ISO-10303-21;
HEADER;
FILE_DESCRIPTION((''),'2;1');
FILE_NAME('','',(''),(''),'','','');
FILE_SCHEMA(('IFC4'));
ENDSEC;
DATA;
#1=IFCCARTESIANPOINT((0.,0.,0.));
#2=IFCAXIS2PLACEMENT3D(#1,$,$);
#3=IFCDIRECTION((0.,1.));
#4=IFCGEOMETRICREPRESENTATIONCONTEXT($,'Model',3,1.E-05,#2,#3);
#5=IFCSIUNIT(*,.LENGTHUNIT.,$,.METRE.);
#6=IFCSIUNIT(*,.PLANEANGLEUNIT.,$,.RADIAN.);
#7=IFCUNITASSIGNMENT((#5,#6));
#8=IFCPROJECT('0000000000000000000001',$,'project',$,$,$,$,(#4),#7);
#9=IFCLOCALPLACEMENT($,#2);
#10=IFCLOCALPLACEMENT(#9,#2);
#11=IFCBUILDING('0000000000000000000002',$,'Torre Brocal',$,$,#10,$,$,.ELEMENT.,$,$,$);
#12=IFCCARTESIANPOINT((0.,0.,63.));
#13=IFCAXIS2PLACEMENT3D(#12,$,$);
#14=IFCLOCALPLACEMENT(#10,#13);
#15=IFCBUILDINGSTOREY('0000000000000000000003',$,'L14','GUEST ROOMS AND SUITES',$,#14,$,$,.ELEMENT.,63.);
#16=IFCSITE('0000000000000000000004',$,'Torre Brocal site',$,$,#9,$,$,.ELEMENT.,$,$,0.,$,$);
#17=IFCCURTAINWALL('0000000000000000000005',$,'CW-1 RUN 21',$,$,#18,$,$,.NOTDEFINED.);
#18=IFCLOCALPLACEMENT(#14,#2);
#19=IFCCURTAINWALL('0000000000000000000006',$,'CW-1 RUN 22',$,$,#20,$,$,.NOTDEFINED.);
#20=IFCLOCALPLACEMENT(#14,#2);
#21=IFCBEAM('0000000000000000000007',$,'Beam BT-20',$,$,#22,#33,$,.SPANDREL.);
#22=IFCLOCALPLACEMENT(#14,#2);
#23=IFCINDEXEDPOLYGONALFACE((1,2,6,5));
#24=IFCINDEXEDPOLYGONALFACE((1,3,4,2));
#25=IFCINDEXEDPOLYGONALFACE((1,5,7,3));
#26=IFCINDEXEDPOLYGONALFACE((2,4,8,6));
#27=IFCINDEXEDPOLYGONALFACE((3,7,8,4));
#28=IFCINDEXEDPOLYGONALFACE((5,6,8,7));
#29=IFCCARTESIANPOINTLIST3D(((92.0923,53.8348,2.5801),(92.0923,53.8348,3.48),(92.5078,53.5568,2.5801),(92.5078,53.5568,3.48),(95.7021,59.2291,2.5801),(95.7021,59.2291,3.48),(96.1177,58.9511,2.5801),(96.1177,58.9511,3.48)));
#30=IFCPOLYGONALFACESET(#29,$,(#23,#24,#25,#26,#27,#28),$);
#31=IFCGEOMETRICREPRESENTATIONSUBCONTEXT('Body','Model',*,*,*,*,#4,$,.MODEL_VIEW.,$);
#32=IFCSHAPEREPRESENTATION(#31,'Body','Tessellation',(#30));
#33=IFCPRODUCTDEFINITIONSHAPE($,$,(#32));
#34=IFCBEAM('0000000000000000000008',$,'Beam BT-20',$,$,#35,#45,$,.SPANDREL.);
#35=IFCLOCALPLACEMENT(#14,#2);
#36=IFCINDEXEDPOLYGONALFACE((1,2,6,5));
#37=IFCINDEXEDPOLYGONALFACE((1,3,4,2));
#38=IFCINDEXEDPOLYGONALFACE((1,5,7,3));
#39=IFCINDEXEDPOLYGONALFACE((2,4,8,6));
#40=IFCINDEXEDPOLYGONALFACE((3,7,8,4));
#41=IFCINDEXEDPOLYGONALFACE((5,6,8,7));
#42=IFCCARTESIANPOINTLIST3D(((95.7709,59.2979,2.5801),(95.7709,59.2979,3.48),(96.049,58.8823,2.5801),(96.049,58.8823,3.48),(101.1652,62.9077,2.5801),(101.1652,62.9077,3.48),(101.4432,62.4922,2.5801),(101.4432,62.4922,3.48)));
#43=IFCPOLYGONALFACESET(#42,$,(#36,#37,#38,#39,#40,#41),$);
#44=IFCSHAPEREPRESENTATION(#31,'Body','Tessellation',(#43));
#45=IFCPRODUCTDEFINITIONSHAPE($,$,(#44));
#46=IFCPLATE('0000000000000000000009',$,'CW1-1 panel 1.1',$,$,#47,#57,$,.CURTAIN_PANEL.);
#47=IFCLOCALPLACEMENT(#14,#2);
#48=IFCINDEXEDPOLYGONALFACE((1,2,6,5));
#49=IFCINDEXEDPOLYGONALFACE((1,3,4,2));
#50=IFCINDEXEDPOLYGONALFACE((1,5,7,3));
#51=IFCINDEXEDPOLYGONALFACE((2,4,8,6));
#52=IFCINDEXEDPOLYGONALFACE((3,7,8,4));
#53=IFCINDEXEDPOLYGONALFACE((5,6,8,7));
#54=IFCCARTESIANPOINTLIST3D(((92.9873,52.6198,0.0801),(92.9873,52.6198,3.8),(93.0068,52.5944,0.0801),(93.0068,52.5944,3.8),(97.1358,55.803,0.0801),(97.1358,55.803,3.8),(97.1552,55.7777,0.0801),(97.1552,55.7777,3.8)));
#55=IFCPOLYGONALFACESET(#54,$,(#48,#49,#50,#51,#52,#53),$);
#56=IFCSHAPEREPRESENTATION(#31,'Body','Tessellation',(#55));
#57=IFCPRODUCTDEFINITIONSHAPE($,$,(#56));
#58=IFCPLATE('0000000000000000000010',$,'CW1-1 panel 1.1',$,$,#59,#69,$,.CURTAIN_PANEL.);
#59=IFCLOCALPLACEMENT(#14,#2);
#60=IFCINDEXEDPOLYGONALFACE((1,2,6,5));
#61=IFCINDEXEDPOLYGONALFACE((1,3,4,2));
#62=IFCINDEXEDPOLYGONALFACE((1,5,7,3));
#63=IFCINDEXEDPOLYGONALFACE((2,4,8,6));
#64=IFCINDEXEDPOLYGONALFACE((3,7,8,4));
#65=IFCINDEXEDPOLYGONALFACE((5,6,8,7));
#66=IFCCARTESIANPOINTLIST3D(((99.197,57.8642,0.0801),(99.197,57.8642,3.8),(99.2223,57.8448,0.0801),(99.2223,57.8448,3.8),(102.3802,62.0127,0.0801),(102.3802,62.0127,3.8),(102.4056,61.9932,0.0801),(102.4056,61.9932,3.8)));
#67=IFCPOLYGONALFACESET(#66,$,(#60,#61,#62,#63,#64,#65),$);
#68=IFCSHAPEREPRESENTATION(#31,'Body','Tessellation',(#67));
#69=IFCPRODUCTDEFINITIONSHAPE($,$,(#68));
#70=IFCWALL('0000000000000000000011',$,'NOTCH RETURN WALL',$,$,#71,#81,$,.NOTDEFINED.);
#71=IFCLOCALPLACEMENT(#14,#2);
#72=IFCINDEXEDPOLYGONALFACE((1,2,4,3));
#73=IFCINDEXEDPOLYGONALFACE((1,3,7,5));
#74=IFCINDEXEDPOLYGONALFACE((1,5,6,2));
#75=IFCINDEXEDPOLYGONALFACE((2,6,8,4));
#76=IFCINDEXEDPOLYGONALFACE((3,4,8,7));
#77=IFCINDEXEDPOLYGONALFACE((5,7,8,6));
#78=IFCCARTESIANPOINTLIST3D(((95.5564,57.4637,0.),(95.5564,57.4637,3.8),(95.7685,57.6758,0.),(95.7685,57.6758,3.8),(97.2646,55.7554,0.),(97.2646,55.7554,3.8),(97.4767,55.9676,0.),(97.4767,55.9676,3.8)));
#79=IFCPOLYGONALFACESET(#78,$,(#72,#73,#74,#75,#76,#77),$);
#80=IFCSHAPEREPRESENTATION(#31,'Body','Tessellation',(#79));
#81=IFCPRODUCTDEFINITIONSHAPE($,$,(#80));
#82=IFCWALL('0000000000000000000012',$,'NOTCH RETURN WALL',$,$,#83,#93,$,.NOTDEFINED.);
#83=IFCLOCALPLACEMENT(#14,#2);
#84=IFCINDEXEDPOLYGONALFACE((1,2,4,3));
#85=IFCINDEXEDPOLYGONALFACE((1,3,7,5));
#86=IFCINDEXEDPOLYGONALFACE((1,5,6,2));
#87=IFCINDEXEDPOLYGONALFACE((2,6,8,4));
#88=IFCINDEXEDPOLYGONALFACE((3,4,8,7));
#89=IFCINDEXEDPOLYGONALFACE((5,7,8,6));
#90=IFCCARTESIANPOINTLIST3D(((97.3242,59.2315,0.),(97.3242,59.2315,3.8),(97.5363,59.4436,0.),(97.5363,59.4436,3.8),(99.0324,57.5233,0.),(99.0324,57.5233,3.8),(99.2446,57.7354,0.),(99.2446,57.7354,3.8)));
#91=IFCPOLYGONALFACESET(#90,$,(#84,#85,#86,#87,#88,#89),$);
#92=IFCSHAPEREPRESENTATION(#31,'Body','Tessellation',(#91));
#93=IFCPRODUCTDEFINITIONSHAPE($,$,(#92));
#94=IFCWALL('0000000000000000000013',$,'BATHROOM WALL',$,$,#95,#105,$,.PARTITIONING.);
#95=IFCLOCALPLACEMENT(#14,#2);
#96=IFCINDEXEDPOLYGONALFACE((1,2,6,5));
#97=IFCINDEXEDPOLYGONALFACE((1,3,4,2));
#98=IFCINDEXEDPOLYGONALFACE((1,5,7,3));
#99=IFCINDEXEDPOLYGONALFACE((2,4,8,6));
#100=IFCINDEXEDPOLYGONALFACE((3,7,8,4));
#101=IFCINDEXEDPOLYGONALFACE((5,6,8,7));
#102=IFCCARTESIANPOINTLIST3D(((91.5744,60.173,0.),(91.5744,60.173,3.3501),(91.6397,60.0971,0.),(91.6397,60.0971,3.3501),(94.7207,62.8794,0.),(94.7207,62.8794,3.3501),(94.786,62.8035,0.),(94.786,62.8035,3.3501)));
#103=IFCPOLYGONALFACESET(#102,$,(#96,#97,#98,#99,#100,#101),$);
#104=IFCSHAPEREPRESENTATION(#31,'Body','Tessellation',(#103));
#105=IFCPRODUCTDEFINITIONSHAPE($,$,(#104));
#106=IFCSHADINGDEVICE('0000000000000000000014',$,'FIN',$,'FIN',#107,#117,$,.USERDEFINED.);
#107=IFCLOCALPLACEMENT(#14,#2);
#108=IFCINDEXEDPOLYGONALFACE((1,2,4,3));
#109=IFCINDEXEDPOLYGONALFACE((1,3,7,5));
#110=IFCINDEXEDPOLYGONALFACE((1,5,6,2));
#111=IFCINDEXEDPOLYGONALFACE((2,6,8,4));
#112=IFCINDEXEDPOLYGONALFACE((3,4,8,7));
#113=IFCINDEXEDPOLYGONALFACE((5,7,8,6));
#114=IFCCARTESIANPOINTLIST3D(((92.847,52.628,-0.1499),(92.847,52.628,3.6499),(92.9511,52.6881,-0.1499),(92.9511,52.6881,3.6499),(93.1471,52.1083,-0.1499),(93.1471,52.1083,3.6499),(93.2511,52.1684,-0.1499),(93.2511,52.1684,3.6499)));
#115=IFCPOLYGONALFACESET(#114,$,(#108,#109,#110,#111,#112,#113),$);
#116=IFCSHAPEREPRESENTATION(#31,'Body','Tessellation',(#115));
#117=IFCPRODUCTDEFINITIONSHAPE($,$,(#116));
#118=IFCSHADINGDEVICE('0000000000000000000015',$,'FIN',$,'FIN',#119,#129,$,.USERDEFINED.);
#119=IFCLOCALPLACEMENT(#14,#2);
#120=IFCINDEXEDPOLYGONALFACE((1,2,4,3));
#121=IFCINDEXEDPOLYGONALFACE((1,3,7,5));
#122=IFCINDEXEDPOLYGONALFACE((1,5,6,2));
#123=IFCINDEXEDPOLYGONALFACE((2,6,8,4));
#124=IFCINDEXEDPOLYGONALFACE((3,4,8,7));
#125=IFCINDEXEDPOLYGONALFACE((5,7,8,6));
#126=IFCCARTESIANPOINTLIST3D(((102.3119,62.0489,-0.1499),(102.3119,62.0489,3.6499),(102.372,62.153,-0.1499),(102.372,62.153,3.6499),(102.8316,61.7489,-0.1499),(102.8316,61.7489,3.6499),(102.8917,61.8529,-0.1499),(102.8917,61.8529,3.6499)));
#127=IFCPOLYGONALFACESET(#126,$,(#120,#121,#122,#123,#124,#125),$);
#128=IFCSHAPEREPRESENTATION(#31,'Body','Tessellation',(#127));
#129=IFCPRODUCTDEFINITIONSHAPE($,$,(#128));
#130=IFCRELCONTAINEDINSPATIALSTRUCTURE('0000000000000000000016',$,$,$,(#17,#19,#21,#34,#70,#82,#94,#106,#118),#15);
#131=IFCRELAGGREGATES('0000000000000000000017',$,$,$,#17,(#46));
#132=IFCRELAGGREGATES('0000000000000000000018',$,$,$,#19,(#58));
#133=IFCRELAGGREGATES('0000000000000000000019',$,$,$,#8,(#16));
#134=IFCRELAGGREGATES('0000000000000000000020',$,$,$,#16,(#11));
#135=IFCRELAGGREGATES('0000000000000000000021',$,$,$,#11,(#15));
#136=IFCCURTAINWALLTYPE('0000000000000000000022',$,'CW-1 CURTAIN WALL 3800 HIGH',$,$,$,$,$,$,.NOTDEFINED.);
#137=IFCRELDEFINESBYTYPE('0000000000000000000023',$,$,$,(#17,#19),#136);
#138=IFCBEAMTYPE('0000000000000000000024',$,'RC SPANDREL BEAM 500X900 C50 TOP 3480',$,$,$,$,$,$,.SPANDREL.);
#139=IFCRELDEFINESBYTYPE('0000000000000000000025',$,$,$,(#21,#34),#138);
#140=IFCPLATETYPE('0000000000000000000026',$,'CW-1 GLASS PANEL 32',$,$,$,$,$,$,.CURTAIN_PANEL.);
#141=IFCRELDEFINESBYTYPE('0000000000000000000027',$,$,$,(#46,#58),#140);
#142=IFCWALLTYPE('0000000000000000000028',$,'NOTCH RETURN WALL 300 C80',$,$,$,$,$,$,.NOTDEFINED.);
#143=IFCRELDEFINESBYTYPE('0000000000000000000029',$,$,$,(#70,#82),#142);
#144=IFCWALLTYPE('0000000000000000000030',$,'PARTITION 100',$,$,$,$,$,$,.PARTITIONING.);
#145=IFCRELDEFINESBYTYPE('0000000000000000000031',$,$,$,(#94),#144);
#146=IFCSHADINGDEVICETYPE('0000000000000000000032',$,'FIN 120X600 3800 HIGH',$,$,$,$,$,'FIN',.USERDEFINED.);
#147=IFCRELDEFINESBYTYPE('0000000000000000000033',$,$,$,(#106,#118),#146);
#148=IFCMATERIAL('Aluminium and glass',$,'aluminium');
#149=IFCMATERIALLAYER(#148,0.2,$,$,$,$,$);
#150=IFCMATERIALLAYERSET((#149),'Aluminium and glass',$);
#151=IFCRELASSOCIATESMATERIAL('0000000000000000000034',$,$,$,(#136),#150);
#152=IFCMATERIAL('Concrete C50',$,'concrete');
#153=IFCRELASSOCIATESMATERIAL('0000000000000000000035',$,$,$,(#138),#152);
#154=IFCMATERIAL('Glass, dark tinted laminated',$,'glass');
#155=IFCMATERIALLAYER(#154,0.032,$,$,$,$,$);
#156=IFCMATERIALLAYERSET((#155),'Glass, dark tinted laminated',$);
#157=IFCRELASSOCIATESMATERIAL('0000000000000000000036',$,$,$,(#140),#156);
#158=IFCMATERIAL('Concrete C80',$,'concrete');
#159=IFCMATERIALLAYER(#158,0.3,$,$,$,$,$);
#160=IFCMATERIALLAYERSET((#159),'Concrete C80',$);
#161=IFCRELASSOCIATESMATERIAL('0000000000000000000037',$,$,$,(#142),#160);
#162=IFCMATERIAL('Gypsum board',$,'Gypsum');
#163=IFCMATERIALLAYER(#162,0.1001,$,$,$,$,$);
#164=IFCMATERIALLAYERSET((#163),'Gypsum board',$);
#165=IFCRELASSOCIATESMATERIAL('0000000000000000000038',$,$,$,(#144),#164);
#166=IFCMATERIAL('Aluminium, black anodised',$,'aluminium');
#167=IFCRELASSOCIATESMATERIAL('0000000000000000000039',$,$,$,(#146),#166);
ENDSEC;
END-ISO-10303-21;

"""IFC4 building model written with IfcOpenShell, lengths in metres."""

from ifc_helpers import new_model, si_unit, direction, frame, frame_2d, origin, origin_2d, place, context, subcontext, project, spatial, rectangle, extrude, material, layer, layer_set, material_profile, profile_set, type_object, element, aggregate, save


model = new_model("IFC4")

# Units and contexts
model_context = context("Model", 3, precision=1e-05, world=origin(), true_north=direction((0.0, 1.0)))
body_context = subcontext(model_context, "Body", "Model", "MODEL_VIEW")
ifc_project = project(units=[si_unit("LENGTHUNIT", "METRE"), si_unit("PLANEANGLEUNIT", "RADIAN")], contexts=[model_context])

# Site, building, storey
site_placement = place(None, origin())
site = spatial("IfcSite", under=ifc_project, at=site_placement, Name="Torre Brocal site", CompositionType="ELEMENT", RefElevation=0.0)
building_placement = place(site_placement, origin())
building = spatial("IfcBuilding", under=site, at=building_placement, Name="Torre Brocal", CompositionType="ELEMENT")
storey_placement = place(building_placement, frame((0.0, 0.0, 63.0)))
storey = spatial("IfcBuildingStorey", under=building, at=storey_placement, Name="L14", Description="GUEST ROOMS AND SUITES", CompositionType="ELEMENT", Elevation=63.0)

# Shared definitions
ifc_material_1 = material(Name="Aluminium and glass", Category="aluminium")
ifc_layer_1 = layer(ifc_material_1, 0.2)
ifc_layer_set_1 = layer_set([ifc_layer_1], Name="Aluminium and glass")
curtain_wall_type = type_object("IfcCurtainWallType", Name="CW-1 CURTAIN WALL 3800 HIGH", PredefinedType="NOTDEFINED", material=ifc_layer_set_1)

# Curtain walls
curtain_wall_1_placement = place(storey_placement, origin())
curtain_wall_1 = element("IfcCurtainWall", 1, at=curtain_wall_1_placement, inside=storey, type_object=curtain_wall_type, Name="CW-1 RUN 21", PredefinedType="NOTDEFINED")
curtain_wall_2_placement = place(storey_placement, origin())
curtain_wall_2 = element("IfcCurtainWall", 2, at=curtain_wall_2_placement, inside=storey, type_object=curtain_wall_type, Name="CW-1 RUN 22", PredefinedType="NOTDEFINED")

# Beams
ifc_material_2 = material(Name="Concrete C50", Category="concrete")
ifc_material_profile_1 = material_profile(ifc_material_2, rectangle(XDim=0.5, YDim=0.8999, at=origin_2d()), Name="RC 500X900")
ifc_profile_set_1 = profile_set([ifc_material_profile_1], Name="Concrete C50")
beam_type_1 = type_object("IfcBeamType", Name="RC SPANDREL BEAM 500X900 C50 TOP 3480", PredefinedType="SPANDREL", material=ifc_profile_set_1)
for number, where, z_axis, x_axis, name in (
    (3, (92.3, 53.6958, 3.03), (0.556158, 0.831077, 0.0), (-0.831077, 0.556158, 0.0), "Beam BT-20"),
    (4, (95.9099, 59.0901, 3.03), (0.831077, 0.556158, 0.0), (-0.556158, 0.831077, 0.0), "Beam BT-20"),
):
    element("IfcBeam", number, at=place(storey_placement, frame(where, z_axis=z_axis, x_axis=x_axis)), inside=storey, type_object=beam_type_1, Name=name, PredefinedType="SPANDREL", context=body_context, shape_type="SweptSolid", body=[
        extrude(rectangle(XDim=0.5, YDim=0.8999, at=origin_2d()), origin(), (0.0, 0.0, 1.0), 6.4907),
    ])

# Plates
ifc_material_3 = material(Name="Glass, dark tinted laminated", Category="glass")
ifc_layer_2 = layer(ifc_material_3, 0.032)
ifc_layer_set_2 = layer_set([ifc_layer_2], Name="Glass, dark tinted laminated")
plate_type = type_object("IfcPlateType", Name="CW-1 GLASS PANEL 32", PredefinedType="CURTAIN_PANEL", material=ifc_layer_set_2)
plate_1_placement = place(storey_placement, frame((95.0713, 54.1987, 0.0801), z_axis=(0.0, 0.0, 1.0), x_axis=(0.793353, 0.608761, 0.0)))
plate_1 = element("IfcPlate", 5, at=plate_1_placement, type_object=plate_type, Name="CW1-1 panel 1.1", PredefinedType="CURTAIN_PANEL", context=body_context, shape_type="SweptSolid", body=[
    extrude(rectangle(XDim=5.229, YDim=0.032, at=origin_2d()), origin(), (0.0, 0.0, 1.0), 3.72),
])
aggregate(curtain_wall_1, [plate_1])
plate_2_placement = place(storey_placement, frame((100.8013, 59.9287, 0.0801), z_axis=(0.0, 0.0, 1.0), x_axis=(0.608761, 0.793353, 0.0)))
plate_2 = element("IfcPlate", 6, at=plate_2_placement, type_object=plate_type, Name="CW1-1 panel 1.1", PredefinedType="CURTAIN_PANEL", context=body_context, shape_type="SweptSolid", body=[
    extrude(rectangle(XDim=5.229, YDim=0.032, at=origin_2d()), origin(), (0.0, 0.0, 1.0), 3.72),
])
aggregate(curtain_wall_2, [plate_2])

# Walls
ifc_material_4 = material(Name="Concrete C80", Category="concrete")
ifc_layer_3 = layer(ifc_material_4, 0.3)
ifc_layer_set_3 = layer_set([ifc_layer_3], Name="Concrete C80")
wall_type_1 = type_object("IfcWallType", Name="NOTCH RETURN WALL 300 C80", PredefinedType="NOTDEFINED", material=ifc_layer_set_3)
for number, where, z_axis, x_axis, name in (
    (7, (95.6624, 57.5698, 0.0), (0.0, 0.0, 1.0), (0.707107, -0.707107, 0.0), "NOTCH RETURN WALL"),
    (8, (97.4302, 59.3376, 0.0), (0.0, 0.0, 1.0), (0.707107, -0.707107, 0.0), "NOTCH RETURN WALL"),
):
    element("IfcWall", number, at=place(storey_placement, frame(where, z_axis=z_axis, x_axis=x_axis)), inside=storey, type_object=wall_type_1, Name=name, PredefinedType="NOTDEFINED", context=body_context, shape_type="SweptSolid", body=[
        extrude(rectangle(XDim=2.4158, YDim=0.3, at=frame_2d((1.208, 0.0))), origin(), (0.0, 0.0, 1.0), 3.8),
    ])
ifc_material_5 = material(Name="Gypsum board", Category="Gypsum")
ifc_layer_4 = layer(ifc_material_5, 0.1001)
ifc_layer_set_4 = layer_set([ifc_layer_4], Name="Gypsum board")
wall_type_2 = type_object("IfcWallType", Name="PARTITION 100", PredefinedType="PARTITIONING", material=ifc_layer_set_4)
wall_placement = place(storey_placement, frame((91.6069, 60.135, 0.0), z_axis=(0.0, 0.0, 1.0), x_axis=(0.758122, 0.652113, 0.0)))
element("IfcWall", 9, at=wall_placement, inside=storey, type_object=wall_type_2, Name="BATHROOM WALL", PredefinedType="PARTITIONING", context=body_context, shape_type="SweptSolid", body=[
    extrude(rectangle(XDim=4.1501, YDim=0.1001, at=frame_2d((2.0752, 0.0))), origin(), (0.0, 0.0, 1.0), 3.3501),
])

# Shading devices
ifc_material_6 = material(Name="Aluminium, black anodised", Category="aluminium")
ifc_material_profile_2 = material_profile(ifc_material_6, rectangle(XDim=0.1201, YDim=0.6001, at=origin_2d()), Name="FIN 120X600 3800 HIGH")
ifc_profile_set_2 = profile_set([ifc_material_profile_2], Name="Aluminium, black anodised")
shading_device_type = type_object("IfcShadingDeviceType", Name="FIN 120X600 3800 HIGH", ElementType="FIN", PredefinedType="USERDEFINED", material=ifc_profile_set_2)
for number, where, z_axis, x_axis, name in (
    (10, (93.0491, 52.3982, -0.1499), (0.0, 0.0, 1.0), (0.866025, 0.5, 0.0), "FIN"),
    (11, (102.6018, 61.9509, -0.1499), (0.0, 0.0, 1.0), (0.5, 0.866025, 0.0), "FIN"),
):
    element("IfcShadingDevice", number, at=place(storey_placement, frame(where, z_axis=z_axis, x_axis=x_axis)), inside=storey, type_object=shading_device_type, Name=name, ObjectType="FIN", PredefinedType="USERDEFINED", context=body_context, shape_type="SweptSolid", body=[
        extrude(rectangle(XDim=0.1201, YDim=0.6001, at=origin_2d()), origin(), (0.0, 0.0, 1.0), 3.7998),
    ])

save(model, "model.ifc")
